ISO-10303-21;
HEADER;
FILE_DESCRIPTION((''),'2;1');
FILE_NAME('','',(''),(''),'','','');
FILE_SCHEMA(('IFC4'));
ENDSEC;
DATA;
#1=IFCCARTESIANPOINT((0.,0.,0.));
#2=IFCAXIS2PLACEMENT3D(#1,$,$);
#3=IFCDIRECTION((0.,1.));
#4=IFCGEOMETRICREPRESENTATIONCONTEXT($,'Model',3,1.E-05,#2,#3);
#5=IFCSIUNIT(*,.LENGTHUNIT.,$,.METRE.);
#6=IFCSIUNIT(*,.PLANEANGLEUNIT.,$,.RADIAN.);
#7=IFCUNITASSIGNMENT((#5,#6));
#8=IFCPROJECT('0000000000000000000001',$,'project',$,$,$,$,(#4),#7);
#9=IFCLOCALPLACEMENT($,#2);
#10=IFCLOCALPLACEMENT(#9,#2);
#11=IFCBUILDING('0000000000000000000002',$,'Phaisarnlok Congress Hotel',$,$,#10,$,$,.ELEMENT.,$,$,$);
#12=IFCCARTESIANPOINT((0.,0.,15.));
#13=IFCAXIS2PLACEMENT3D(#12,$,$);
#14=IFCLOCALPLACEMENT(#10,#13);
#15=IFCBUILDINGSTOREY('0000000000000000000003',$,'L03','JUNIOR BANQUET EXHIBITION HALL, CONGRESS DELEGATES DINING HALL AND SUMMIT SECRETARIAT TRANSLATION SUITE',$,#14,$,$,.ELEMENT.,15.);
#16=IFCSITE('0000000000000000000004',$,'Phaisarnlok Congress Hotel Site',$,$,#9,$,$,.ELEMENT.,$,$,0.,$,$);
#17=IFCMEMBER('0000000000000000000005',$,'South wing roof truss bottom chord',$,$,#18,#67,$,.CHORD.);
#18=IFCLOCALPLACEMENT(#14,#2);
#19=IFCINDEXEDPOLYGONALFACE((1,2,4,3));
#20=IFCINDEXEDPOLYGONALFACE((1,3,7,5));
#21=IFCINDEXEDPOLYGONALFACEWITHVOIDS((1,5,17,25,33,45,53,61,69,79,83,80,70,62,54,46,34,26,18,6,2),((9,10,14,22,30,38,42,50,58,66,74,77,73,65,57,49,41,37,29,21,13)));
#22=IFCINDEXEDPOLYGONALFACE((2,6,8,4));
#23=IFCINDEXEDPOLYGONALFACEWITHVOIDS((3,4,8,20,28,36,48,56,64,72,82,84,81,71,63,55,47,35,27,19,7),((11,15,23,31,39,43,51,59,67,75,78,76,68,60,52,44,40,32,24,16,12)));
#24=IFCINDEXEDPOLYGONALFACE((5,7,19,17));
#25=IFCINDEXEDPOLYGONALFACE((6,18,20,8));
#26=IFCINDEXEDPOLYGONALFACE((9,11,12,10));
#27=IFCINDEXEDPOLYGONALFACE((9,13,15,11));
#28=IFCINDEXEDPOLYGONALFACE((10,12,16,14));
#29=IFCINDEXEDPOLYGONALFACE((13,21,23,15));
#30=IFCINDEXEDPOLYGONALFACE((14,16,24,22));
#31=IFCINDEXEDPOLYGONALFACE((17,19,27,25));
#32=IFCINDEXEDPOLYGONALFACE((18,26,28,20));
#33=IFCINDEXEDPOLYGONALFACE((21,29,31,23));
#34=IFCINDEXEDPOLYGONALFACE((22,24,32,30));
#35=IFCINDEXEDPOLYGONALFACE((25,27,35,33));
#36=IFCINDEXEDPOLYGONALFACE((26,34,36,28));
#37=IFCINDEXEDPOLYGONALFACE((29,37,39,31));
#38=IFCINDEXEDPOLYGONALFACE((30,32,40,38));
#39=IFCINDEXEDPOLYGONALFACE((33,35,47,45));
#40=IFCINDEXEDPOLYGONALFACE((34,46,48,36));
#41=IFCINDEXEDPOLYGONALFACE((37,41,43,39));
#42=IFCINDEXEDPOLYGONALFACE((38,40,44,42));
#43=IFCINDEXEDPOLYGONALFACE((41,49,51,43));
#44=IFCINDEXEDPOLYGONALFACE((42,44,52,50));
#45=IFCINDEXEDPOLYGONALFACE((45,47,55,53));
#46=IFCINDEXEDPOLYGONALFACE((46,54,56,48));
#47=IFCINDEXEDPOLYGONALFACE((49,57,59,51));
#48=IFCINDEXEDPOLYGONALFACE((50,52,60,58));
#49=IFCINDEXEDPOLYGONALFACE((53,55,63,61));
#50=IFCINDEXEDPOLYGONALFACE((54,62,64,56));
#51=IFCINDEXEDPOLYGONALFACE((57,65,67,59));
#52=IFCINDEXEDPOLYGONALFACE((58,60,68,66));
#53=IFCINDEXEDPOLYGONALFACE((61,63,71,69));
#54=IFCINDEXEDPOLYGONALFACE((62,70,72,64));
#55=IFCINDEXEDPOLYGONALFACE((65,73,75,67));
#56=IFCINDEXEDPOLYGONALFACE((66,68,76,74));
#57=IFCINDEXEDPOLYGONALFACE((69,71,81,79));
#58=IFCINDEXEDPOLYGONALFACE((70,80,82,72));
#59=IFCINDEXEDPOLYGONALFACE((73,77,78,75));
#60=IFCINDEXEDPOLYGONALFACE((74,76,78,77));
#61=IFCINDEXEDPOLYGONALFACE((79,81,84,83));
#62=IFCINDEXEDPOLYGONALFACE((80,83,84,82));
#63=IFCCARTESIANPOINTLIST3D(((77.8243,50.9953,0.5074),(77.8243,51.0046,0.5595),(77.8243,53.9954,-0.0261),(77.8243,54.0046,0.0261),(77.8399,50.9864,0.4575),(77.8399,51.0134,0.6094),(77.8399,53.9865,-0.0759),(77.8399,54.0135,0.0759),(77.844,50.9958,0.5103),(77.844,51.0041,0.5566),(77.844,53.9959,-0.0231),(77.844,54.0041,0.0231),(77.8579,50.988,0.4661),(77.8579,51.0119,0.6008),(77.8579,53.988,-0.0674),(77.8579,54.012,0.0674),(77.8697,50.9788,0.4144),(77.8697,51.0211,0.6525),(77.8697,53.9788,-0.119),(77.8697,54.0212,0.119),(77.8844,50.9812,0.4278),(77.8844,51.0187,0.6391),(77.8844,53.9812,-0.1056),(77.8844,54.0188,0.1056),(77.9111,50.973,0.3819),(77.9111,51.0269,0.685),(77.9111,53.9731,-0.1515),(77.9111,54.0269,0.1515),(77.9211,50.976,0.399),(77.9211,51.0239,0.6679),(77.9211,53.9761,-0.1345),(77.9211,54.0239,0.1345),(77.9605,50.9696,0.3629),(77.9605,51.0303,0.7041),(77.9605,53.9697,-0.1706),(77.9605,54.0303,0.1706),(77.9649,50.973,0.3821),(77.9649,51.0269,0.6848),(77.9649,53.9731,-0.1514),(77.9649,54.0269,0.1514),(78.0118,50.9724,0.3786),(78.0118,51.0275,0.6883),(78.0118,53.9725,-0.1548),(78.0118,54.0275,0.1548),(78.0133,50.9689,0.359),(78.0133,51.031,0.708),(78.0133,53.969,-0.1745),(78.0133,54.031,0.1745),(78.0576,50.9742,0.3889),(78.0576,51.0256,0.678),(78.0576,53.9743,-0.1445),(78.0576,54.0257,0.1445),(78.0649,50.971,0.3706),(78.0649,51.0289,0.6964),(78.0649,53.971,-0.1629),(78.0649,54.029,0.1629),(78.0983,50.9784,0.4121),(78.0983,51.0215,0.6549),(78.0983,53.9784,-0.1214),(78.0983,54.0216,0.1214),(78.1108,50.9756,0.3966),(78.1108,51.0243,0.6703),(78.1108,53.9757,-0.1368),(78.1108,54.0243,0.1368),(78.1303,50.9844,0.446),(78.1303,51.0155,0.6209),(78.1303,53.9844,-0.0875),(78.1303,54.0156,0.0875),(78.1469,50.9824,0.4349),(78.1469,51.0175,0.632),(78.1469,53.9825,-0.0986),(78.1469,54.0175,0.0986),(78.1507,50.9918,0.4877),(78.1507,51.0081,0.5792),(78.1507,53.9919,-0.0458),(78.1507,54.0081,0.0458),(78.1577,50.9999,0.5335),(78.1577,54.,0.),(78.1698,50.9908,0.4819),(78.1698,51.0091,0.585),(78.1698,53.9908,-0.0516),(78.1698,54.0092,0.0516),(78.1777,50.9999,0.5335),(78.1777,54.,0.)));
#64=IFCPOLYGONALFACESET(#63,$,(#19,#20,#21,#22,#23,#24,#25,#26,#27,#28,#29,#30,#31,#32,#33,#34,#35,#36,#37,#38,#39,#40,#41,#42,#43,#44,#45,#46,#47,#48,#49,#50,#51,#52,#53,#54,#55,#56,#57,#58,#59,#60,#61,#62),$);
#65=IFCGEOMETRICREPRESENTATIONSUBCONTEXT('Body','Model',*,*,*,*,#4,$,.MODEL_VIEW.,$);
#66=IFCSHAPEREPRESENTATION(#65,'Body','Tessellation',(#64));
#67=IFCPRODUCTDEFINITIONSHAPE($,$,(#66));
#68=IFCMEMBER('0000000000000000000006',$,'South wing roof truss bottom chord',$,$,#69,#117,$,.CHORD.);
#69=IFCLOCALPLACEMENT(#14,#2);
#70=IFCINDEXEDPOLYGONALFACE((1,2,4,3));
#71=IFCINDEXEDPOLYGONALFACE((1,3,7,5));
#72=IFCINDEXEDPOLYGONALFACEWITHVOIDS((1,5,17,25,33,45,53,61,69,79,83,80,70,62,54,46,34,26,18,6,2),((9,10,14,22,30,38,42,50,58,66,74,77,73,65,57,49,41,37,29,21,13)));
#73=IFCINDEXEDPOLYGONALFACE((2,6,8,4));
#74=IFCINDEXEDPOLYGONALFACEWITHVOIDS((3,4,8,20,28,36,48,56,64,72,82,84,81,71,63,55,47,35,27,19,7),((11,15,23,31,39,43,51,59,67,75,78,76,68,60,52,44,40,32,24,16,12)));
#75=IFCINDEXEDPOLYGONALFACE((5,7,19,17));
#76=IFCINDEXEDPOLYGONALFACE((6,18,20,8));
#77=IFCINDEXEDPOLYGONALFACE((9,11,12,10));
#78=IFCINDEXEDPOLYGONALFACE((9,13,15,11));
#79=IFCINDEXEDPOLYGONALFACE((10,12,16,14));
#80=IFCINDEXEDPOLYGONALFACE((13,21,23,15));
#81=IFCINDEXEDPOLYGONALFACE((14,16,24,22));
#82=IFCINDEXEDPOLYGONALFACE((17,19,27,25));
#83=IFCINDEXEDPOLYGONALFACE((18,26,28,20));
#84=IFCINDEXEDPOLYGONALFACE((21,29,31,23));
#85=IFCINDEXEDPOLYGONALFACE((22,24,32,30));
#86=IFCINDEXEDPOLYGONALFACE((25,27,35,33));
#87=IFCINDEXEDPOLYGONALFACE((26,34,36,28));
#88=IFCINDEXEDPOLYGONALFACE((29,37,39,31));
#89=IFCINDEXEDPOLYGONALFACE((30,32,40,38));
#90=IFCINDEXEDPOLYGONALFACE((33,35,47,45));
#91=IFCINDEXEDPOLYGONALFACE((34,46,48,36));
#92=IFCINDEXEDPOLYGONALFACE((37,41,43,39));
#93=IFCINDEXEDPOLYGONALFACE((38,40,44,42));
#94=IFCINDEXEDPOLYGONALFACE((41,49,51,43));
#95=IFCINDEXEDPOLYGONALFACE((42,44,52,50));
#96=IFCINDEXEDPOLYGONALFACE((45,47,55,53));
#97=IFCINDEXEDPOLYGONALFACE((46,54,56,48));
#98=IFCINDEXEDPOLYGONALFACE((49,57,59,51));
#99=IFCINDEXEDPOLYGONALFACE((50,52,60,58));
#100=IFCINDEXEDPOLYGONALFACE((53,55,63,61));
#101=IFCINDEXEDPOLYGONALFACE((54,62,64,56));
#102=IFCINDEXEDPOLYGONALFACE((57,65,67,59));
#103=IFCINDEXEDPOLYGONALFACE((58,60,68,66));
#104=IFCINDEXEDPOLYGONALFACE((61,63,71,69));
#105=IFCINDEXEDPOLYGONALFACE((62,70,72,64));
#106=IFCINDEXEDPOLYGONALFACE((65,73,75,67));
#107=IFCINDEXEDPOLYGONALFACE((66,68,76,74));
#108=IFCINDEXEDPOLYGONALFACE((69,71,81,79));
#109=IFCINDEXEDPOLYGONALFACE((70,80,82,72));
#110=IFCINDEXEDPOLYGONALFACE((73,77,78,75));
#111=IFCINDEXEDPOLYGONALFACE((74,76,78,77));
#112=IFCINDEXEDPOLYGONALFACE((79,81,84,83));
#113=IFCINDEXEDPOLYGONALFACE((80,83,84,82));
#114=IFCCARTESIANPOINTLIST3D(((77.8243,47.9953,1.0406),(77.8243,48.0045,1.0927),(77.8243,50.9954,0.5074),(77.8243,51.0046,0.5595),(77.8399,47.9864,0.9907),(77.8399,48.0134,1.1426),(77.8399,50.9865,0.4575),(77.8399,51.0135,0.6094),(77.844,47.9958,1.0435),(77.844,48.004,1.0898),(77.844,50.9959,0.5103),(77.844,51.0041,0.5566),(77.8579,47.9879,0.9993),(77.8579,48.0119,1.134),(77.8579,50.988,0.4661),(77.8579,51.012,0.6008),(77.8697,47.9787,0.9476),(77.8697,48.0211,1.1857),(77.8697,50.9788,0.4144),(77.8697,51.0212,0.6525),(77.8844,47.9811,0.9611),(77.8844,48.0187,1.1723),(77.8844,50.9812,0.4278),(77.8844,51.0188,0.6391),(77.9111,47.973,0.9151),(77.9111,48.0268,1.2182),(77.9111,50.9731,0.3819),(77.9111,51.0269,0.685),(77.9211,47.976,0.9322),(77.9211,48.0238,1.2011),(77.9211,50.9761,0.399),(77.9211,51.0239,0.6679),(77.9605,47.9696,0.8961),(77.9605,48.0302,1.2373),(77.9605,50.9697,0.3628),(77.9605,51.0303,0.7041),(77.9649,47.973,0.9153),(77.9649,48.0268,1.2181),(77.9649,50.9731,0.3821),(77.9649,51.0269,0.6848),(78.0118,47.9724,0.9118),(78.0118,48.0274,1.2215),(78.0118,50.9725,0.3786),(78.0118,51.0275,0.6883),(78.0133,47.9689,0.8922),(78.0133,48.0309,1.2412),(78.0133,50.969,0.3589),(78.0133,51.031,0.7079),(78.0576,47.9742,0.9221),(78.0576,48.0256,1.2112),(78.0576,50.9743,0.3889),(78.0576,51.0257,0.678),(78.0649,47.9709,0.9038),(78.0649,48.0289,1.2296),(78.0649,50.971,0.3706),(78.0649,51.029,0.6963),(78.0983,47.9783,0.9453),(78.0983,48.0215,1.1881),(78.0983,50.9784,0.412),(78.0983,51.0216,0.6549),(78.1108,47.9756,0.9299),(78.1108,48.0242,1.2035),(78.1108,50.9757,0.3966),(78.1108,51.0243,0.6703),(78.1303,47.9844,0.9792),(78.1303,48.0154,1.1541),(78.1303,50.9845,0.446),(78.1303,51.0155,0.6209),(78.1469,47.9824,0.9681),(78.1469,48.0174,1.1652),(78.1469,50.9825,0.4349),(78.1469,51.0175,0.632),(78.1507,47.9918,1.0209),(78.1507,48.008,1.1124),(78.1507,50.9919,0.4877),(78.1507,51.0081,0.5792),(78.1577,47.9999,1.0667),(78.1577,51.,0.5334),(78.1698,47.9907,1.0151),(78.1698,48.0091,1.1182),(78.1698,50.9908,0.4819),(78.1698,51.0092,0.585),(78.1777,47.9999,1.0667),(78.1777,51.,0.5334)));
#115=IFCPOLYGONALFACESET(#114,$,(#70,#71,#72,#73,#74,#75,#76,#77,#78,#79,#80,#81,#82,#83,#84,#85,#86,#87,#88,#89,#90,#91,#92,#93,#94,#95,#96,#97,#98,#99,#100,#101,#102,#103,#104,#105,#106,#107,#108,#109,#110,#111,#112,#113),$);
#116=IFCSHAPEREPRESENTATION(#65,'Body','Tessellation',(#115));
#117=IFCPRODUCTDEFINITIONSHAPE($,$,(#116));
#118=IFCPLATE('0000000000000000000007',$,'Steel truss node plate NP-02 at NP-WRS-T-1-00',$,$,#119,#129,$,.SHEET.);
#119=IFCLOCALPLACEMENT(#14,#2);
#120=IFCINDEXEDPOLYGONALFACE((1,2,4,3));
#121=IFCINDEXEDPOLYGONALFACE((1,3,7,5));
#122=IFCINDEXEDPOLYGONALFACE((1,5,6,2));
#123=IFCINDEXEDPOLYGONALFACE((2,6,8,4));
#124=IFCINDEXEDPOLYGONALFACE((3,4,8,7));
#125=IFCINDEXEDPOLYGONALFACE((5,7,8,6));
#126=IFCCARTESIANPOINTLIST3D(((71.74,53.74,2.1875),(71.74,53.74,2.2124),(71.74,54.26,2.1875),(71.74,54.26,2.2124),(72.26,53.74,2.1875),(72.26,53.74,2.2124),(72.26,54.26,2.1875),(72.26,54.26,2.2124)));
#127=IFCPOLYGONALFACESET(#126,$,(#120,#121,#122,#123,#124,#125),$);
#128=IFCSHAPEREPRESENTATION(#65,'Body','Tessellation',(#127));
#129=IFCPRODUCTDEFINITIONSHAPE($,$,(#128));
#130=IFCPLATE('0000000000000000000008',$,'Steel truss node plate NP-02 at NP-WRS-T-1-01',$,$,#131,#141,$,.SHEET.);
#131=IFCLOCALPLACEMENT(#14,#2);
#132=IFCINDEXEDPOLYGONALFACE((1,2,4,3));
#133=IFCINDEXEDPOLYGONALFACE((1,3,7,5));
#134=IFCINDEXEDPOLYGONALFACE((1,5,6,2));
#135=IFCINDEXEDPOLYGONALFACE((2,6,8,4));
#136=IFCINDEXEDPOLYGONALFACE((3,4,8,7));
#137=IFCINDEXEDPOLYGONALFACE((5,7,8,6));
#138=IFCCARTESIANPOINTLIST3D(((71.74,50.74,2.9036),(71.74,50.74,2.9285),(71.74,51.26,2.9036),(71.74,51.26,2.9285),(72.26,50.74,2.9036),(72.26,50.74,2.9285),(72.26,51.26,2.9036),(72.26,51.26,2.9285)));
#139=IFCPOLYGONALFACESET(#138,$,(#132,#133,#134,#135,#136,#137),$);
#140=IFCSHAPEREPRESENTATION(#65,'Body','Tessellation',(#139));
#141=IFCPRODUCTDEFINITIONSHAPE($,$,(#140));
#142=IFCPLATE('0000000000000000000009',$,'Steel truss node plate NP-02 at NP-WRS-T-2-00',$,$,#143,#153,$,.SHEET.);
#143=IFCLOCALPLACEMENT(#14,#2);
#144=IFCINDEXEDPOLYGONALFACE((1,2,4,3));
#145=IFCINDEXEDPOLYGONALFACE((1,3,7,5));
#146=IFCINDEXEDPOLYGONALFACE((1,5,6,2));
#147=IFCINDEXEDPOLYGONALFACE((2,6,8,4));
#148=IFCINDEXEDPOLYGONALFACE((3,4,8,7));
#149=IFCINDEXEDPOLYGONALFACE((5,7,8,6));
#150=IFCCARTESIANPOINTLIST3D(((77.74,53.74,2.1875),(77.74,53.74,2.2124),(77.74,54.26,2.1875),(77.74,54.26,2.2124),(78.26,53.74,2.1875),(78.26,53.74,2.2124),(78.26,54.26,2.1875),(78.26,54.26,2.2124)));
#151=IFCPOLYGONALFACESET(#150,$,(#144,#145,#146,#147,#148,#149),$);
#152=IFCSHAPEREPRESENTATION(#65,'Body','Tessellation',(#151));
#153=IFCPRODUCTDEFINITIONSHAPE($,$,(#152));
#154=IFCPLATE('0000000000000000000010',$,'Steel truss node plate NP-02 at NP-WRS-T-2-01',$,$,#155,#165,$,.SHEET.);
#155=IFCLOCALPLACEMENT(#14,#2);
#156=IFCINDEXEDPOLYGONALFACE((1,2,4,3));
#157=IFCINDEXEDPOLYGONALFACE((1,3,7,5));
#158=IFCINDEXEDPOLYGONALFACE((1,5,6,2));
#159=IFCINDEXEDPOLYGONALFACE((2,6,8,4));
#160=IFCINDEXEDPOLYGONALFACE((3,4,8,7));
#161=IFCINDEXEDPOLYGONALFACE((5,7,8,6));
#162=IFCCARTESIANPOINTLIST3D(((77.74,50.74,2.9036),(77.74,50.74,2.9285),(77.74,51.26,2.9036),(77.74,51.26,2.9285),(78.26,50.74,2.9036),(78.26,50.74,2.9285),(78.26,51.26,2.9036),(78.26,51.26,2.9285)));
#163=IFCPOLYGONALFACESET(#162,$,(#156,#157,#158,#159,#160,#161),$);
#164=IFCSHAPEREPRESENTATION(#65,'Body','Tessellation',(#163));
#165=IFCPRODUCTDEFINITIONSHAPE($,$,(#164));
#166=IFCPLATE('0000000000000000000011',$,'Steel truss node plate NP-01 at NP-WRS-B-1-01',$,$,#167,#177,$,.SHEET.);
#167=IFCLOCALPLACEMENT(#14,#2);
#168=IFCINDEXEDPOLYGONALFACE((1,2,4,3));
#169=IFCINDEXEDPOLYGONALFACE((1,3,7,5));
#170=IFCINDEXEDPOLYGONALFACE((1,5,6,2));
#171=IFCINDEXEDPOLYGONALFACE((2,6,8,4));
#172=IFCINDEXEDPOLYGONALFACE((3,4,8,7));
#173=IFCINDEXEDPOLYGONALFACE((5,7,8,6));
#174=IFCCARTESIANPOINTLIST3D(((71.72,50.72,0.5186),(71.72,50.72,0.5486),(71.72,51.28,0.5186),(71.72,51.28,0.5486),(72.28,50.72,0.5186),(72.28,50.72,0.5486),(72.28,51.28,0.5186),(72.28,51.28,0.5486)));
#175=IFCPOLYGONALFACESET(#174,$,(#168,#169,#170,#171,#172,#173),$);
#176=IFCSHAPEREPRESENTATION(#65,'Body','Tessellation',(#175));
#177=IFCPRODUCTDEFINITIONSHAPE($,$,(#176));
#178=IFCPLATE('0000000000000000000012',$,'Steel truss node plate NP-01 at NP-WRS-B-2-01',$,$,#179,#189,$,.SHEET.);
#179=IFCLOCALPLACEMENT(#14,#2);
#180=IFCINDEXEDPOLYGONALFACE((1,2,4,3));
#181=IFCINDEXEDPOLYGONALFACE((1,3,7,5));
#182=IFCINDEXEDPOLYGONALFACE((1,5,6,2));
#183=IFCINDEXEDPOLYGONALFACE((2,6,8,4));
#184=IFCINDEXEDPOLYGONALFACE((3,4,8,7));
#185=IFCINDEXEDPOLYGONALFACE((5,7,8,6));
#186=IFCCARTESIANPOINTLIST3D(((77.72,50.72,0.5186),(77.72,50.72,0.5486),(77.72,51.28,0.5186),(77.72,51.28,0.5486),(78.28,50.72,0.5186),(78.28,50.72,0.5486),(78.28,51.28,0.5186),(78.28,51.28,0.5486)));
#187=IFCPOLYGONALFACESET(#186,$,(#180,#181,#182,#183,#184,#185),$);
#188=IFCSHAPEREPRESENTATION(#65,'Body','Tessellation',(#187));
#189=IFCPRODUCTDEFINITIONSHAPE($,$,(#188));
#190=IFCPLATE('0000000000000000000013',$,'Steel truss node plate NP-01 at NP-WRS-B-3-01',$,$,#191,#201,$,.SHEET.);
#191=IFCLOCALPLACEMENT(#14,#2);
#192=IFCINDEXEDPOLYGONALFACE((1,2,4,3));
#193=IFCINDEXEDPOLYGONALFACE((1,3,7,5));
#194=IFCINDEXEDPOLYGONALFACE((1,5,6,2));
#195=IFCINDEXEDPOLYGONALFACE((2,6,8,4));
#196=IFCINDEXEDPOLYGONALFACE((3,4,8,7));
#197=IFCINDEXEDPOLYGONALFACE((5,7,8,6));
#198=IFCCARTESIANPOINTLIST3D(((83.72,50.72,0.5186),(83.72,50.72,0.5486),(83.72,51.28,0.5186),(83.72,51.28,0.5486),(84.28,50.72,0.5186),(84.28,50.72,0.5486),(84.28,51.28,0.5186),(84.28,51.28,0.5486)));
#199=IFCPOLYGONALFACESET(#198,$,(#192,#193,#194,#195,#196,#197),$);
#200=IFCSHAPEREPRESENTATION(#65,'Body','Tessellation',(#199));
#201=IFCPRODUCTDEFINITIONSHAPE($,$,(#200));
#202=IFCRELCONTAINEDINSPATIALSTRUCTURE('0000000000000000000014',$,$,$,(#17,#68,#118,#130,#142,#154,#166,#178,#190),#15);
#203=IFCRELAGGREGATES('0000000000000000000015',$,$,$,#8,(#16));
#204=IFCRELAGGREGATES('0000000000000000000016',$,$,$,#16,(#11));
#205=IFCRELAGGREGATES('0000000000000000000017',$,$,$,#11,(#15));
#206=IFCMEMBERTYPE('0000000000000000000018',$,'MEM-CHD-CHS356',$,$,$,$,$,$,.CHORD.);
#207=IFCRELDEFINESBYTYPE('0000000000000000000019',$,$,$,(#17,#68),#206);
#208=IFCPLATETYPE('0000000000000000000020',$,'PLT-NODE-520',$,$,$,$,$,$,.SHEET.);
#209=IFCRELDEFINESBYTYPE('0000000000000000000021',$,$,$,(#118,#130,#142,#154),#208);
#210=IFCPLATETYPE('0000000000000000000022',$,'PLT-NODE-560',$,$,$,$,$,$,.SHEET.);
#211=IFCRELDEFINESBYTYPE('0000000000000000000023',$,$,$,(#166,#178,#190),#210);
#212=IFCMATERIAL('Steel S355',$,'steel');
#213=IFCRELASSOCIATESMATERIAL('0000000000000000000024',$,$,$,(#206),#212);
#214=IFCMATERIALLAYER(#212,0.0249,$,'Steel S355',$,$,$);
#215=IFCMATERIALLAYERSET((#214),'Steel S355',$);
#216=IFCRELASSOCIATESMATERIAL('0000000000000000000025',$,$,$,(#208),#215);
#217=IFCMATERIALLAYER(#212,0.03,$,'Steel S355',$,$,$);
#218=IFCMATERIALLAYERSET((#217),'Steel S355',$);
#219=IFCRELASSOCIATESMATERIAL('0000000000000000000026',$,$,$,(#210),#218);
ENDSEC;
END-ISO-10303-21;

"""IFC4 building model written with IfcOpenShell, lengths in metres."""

from ifc_helpers import new_model, si_unit, direction, frame, origin, origin_2d, place, context, subcontext, project, spatial, rectangle, hollow_circle, extrude, material, layer, layer_set, material_profile, profile_set, type_object, element, save


model = new_model("IFC4")

# Units and contexts
model_context = context("Model", 3, precision=1e-05, world=origin(), true_north=direction((0.0, 1.0)))
body_context = subcontext(model_context, "Body", "Model", "MODEL_VIEW")
ifc_project = project(units=[si_unit("LENGTHUNIT", "METRE"), si_unit("PLANEANGLEUNIT", "RADIAN")], contexts=[model_context])

# Site, building, storey
site_placement = place(None, origin())
site = spatial("IfcSite", under=ifc_project, at=site_placement, Name="Phaisarnlok Congress Hotel Site", CompositionType="ELEMENT", RefElevation=0.0)
building_placement = place(site_placement, origin())
building = spatial("IfcBuilding", under=site, at=building_placement, Name="Phaisarnlok Congress Hotel", CompositionType="ELEMENT")
storey_placement = place(building_placement, frame((0.0, 0.0, 15.0)))
storey = spatial("IfcBuildingStorey", under=building, at=storey_placement, Name="L03", Description="JUNIOR BANQUET EXHIBITION HALL, CONGRESS DELEGATES DINING HALL AND SUMMIT SECRETARIAT TRANSLATION SUITE", CompositionType="ELEMENT", Elevation=15.0)

# Shared definitions
ifc_material_1 = material(Name="Steel S355", Category="steel")

# Members
ifc_material_profile_1 = material_profile(ifc_material_1, hollow_circle(Radius=0.1777, WallThickness=0.02, at=origin_2d()), Name="CHS 355.6x20")
ifc_profile_set_1 = profile_set([ifc_material_profile_1], Name="Steel S355")
member_type_1 = type_object("IfcMemberType", Name="MEM-CHD-CHS356", PredefinedType="CHORD", material=ifc_profile_set_1)
for number, where, z_axis, x_axis, name in (
    (1, (78.0, 54.0, 0.0), (0.0, -0.984556, 0.17507), (1.0, 0.0, 0.0), "South wing roof truss bottom chord"),
    (2, (78.0, 51.0, 0.5334), (0.0, -0.98457, 0.174992), (1.0, 0.0, 0.0), "South wing roof truss bottom chord"),
):
    element("IfcMember", number, at=place(storey_placement, frame(where, z_axis=z_axis, x_axis=x_axis)), inside=storey, type_object=member_type_1, Name=name, PredefinedType="CHORD", context=body_context, shape_type="SweptSolid", body=[
        extrude(hollow_circle(Radius=0.1777, WallThickness=0.02, at=origin_2d()), origin(), (0.0, 0.0, 1.0), 3.0471),
    ])

# Plates
ifc_layer_1 = layer(ifc_material_1, 0.0249, Name="Steel S355")
ifc_layer_set_1 = layer_set([ifc_layer_1], Name="Steel S355")
plate_type_1 = type_object("IfcPlateType", Name="PLT-NODE-520", PredefinedType="SHEET", material=ifc_layer_set_1)
for number, where, z_axis, x_axis, name in (
    (3, (72.0, 54.0, 2.1875), (0.0, 0.0, 1.0), (1.0, 0.0, 0.0), "Steel truss node plate NP-02 at NP-WRS-T-1-00"),
    (4, (72.0, 51.0, 2.9036), (0.0, 0.0, 1.0), (1.0, 0.0, 0.0), "Steel truss node plate NP-02 at NP-WRS-T-1-01"),
    (5, (78.0, 54.0, 2.1875), (0.0, 0.0, 1.0), (1.0, 0.0, 0.0), "Steel truss node plate NP-02 at NP-WRS-T-2-00"),
    (6, (78.0, 51.0, 2.9036), (0.0, 0.0, 1.0), (1.0, 0.0, 0.0), "Steel truss node plate NP-02 at NP-WRS-T-2-01"),
):
    element("IfcPlate", number, at=place(storey_placement, frame(where, z_axis=z_axis, x_axis=x_axis)), inside=storey, type_object=plate_type_1, Name=name, PredefinedType="SHEET", context=body_context, shape_type="SweptSolid", body=[
        extrude(rectangle(XDim=0.52, YDim=0.52, at=origin_2d()), origin(), (0.0, 0.0, 1.0), 0.0249),
    ])
ifc_layer_2 = layer(ifc_material_1, 0.03, Name="Steel S355")
ifc_layer_set_2 = layer_set([ifc_layer_2], Name="Steel S355")
plate_type_2 = type_object("IfcPlateType", Name="PLT-NODE-560", PredefinedType="SHEET", material=ifc_layer_set_2)
for number, where, z_axis, x_axis, name in (
    (7, (72.0, 51.0, 0.5186), (0.0, 0.0, 1.0), (1.0, 0.0, 0.0), "Steel truss node plate NP-01 at NP-WRS-B-1-01"),
    (8, (78.0, 51.0, 0.5186), (0.0, 0.0, 1.0), (1.0, 0.0, 0.0), "Steel truss node plate NP-01 at NP-WRS-B-2-01"),
    (9, (84.0, 51.0, 0.5186), (0.0, 0.0, 1.0), (1.0, 0.0, 0.0), "Steel truss node plate NP-01 at NP-WRS-B-3-01"),
):
    element("IfcPlate", number, at=place(storey_placement, frame(where, z_axis=z_axis, x_axis=x_axis)), inside=storey, type_object=plate_type_2, Name=name, PredefinedType="SHEET", context=body_context, shape_type="SweptSolid", body=[
        extrude(rectangle(XDim=0.5601, YDim=0.5601, at=origin_2d()), origin(), (0.0, 0.0, 1.0), 0.03),
    ])

save(model, "model.ifc")
